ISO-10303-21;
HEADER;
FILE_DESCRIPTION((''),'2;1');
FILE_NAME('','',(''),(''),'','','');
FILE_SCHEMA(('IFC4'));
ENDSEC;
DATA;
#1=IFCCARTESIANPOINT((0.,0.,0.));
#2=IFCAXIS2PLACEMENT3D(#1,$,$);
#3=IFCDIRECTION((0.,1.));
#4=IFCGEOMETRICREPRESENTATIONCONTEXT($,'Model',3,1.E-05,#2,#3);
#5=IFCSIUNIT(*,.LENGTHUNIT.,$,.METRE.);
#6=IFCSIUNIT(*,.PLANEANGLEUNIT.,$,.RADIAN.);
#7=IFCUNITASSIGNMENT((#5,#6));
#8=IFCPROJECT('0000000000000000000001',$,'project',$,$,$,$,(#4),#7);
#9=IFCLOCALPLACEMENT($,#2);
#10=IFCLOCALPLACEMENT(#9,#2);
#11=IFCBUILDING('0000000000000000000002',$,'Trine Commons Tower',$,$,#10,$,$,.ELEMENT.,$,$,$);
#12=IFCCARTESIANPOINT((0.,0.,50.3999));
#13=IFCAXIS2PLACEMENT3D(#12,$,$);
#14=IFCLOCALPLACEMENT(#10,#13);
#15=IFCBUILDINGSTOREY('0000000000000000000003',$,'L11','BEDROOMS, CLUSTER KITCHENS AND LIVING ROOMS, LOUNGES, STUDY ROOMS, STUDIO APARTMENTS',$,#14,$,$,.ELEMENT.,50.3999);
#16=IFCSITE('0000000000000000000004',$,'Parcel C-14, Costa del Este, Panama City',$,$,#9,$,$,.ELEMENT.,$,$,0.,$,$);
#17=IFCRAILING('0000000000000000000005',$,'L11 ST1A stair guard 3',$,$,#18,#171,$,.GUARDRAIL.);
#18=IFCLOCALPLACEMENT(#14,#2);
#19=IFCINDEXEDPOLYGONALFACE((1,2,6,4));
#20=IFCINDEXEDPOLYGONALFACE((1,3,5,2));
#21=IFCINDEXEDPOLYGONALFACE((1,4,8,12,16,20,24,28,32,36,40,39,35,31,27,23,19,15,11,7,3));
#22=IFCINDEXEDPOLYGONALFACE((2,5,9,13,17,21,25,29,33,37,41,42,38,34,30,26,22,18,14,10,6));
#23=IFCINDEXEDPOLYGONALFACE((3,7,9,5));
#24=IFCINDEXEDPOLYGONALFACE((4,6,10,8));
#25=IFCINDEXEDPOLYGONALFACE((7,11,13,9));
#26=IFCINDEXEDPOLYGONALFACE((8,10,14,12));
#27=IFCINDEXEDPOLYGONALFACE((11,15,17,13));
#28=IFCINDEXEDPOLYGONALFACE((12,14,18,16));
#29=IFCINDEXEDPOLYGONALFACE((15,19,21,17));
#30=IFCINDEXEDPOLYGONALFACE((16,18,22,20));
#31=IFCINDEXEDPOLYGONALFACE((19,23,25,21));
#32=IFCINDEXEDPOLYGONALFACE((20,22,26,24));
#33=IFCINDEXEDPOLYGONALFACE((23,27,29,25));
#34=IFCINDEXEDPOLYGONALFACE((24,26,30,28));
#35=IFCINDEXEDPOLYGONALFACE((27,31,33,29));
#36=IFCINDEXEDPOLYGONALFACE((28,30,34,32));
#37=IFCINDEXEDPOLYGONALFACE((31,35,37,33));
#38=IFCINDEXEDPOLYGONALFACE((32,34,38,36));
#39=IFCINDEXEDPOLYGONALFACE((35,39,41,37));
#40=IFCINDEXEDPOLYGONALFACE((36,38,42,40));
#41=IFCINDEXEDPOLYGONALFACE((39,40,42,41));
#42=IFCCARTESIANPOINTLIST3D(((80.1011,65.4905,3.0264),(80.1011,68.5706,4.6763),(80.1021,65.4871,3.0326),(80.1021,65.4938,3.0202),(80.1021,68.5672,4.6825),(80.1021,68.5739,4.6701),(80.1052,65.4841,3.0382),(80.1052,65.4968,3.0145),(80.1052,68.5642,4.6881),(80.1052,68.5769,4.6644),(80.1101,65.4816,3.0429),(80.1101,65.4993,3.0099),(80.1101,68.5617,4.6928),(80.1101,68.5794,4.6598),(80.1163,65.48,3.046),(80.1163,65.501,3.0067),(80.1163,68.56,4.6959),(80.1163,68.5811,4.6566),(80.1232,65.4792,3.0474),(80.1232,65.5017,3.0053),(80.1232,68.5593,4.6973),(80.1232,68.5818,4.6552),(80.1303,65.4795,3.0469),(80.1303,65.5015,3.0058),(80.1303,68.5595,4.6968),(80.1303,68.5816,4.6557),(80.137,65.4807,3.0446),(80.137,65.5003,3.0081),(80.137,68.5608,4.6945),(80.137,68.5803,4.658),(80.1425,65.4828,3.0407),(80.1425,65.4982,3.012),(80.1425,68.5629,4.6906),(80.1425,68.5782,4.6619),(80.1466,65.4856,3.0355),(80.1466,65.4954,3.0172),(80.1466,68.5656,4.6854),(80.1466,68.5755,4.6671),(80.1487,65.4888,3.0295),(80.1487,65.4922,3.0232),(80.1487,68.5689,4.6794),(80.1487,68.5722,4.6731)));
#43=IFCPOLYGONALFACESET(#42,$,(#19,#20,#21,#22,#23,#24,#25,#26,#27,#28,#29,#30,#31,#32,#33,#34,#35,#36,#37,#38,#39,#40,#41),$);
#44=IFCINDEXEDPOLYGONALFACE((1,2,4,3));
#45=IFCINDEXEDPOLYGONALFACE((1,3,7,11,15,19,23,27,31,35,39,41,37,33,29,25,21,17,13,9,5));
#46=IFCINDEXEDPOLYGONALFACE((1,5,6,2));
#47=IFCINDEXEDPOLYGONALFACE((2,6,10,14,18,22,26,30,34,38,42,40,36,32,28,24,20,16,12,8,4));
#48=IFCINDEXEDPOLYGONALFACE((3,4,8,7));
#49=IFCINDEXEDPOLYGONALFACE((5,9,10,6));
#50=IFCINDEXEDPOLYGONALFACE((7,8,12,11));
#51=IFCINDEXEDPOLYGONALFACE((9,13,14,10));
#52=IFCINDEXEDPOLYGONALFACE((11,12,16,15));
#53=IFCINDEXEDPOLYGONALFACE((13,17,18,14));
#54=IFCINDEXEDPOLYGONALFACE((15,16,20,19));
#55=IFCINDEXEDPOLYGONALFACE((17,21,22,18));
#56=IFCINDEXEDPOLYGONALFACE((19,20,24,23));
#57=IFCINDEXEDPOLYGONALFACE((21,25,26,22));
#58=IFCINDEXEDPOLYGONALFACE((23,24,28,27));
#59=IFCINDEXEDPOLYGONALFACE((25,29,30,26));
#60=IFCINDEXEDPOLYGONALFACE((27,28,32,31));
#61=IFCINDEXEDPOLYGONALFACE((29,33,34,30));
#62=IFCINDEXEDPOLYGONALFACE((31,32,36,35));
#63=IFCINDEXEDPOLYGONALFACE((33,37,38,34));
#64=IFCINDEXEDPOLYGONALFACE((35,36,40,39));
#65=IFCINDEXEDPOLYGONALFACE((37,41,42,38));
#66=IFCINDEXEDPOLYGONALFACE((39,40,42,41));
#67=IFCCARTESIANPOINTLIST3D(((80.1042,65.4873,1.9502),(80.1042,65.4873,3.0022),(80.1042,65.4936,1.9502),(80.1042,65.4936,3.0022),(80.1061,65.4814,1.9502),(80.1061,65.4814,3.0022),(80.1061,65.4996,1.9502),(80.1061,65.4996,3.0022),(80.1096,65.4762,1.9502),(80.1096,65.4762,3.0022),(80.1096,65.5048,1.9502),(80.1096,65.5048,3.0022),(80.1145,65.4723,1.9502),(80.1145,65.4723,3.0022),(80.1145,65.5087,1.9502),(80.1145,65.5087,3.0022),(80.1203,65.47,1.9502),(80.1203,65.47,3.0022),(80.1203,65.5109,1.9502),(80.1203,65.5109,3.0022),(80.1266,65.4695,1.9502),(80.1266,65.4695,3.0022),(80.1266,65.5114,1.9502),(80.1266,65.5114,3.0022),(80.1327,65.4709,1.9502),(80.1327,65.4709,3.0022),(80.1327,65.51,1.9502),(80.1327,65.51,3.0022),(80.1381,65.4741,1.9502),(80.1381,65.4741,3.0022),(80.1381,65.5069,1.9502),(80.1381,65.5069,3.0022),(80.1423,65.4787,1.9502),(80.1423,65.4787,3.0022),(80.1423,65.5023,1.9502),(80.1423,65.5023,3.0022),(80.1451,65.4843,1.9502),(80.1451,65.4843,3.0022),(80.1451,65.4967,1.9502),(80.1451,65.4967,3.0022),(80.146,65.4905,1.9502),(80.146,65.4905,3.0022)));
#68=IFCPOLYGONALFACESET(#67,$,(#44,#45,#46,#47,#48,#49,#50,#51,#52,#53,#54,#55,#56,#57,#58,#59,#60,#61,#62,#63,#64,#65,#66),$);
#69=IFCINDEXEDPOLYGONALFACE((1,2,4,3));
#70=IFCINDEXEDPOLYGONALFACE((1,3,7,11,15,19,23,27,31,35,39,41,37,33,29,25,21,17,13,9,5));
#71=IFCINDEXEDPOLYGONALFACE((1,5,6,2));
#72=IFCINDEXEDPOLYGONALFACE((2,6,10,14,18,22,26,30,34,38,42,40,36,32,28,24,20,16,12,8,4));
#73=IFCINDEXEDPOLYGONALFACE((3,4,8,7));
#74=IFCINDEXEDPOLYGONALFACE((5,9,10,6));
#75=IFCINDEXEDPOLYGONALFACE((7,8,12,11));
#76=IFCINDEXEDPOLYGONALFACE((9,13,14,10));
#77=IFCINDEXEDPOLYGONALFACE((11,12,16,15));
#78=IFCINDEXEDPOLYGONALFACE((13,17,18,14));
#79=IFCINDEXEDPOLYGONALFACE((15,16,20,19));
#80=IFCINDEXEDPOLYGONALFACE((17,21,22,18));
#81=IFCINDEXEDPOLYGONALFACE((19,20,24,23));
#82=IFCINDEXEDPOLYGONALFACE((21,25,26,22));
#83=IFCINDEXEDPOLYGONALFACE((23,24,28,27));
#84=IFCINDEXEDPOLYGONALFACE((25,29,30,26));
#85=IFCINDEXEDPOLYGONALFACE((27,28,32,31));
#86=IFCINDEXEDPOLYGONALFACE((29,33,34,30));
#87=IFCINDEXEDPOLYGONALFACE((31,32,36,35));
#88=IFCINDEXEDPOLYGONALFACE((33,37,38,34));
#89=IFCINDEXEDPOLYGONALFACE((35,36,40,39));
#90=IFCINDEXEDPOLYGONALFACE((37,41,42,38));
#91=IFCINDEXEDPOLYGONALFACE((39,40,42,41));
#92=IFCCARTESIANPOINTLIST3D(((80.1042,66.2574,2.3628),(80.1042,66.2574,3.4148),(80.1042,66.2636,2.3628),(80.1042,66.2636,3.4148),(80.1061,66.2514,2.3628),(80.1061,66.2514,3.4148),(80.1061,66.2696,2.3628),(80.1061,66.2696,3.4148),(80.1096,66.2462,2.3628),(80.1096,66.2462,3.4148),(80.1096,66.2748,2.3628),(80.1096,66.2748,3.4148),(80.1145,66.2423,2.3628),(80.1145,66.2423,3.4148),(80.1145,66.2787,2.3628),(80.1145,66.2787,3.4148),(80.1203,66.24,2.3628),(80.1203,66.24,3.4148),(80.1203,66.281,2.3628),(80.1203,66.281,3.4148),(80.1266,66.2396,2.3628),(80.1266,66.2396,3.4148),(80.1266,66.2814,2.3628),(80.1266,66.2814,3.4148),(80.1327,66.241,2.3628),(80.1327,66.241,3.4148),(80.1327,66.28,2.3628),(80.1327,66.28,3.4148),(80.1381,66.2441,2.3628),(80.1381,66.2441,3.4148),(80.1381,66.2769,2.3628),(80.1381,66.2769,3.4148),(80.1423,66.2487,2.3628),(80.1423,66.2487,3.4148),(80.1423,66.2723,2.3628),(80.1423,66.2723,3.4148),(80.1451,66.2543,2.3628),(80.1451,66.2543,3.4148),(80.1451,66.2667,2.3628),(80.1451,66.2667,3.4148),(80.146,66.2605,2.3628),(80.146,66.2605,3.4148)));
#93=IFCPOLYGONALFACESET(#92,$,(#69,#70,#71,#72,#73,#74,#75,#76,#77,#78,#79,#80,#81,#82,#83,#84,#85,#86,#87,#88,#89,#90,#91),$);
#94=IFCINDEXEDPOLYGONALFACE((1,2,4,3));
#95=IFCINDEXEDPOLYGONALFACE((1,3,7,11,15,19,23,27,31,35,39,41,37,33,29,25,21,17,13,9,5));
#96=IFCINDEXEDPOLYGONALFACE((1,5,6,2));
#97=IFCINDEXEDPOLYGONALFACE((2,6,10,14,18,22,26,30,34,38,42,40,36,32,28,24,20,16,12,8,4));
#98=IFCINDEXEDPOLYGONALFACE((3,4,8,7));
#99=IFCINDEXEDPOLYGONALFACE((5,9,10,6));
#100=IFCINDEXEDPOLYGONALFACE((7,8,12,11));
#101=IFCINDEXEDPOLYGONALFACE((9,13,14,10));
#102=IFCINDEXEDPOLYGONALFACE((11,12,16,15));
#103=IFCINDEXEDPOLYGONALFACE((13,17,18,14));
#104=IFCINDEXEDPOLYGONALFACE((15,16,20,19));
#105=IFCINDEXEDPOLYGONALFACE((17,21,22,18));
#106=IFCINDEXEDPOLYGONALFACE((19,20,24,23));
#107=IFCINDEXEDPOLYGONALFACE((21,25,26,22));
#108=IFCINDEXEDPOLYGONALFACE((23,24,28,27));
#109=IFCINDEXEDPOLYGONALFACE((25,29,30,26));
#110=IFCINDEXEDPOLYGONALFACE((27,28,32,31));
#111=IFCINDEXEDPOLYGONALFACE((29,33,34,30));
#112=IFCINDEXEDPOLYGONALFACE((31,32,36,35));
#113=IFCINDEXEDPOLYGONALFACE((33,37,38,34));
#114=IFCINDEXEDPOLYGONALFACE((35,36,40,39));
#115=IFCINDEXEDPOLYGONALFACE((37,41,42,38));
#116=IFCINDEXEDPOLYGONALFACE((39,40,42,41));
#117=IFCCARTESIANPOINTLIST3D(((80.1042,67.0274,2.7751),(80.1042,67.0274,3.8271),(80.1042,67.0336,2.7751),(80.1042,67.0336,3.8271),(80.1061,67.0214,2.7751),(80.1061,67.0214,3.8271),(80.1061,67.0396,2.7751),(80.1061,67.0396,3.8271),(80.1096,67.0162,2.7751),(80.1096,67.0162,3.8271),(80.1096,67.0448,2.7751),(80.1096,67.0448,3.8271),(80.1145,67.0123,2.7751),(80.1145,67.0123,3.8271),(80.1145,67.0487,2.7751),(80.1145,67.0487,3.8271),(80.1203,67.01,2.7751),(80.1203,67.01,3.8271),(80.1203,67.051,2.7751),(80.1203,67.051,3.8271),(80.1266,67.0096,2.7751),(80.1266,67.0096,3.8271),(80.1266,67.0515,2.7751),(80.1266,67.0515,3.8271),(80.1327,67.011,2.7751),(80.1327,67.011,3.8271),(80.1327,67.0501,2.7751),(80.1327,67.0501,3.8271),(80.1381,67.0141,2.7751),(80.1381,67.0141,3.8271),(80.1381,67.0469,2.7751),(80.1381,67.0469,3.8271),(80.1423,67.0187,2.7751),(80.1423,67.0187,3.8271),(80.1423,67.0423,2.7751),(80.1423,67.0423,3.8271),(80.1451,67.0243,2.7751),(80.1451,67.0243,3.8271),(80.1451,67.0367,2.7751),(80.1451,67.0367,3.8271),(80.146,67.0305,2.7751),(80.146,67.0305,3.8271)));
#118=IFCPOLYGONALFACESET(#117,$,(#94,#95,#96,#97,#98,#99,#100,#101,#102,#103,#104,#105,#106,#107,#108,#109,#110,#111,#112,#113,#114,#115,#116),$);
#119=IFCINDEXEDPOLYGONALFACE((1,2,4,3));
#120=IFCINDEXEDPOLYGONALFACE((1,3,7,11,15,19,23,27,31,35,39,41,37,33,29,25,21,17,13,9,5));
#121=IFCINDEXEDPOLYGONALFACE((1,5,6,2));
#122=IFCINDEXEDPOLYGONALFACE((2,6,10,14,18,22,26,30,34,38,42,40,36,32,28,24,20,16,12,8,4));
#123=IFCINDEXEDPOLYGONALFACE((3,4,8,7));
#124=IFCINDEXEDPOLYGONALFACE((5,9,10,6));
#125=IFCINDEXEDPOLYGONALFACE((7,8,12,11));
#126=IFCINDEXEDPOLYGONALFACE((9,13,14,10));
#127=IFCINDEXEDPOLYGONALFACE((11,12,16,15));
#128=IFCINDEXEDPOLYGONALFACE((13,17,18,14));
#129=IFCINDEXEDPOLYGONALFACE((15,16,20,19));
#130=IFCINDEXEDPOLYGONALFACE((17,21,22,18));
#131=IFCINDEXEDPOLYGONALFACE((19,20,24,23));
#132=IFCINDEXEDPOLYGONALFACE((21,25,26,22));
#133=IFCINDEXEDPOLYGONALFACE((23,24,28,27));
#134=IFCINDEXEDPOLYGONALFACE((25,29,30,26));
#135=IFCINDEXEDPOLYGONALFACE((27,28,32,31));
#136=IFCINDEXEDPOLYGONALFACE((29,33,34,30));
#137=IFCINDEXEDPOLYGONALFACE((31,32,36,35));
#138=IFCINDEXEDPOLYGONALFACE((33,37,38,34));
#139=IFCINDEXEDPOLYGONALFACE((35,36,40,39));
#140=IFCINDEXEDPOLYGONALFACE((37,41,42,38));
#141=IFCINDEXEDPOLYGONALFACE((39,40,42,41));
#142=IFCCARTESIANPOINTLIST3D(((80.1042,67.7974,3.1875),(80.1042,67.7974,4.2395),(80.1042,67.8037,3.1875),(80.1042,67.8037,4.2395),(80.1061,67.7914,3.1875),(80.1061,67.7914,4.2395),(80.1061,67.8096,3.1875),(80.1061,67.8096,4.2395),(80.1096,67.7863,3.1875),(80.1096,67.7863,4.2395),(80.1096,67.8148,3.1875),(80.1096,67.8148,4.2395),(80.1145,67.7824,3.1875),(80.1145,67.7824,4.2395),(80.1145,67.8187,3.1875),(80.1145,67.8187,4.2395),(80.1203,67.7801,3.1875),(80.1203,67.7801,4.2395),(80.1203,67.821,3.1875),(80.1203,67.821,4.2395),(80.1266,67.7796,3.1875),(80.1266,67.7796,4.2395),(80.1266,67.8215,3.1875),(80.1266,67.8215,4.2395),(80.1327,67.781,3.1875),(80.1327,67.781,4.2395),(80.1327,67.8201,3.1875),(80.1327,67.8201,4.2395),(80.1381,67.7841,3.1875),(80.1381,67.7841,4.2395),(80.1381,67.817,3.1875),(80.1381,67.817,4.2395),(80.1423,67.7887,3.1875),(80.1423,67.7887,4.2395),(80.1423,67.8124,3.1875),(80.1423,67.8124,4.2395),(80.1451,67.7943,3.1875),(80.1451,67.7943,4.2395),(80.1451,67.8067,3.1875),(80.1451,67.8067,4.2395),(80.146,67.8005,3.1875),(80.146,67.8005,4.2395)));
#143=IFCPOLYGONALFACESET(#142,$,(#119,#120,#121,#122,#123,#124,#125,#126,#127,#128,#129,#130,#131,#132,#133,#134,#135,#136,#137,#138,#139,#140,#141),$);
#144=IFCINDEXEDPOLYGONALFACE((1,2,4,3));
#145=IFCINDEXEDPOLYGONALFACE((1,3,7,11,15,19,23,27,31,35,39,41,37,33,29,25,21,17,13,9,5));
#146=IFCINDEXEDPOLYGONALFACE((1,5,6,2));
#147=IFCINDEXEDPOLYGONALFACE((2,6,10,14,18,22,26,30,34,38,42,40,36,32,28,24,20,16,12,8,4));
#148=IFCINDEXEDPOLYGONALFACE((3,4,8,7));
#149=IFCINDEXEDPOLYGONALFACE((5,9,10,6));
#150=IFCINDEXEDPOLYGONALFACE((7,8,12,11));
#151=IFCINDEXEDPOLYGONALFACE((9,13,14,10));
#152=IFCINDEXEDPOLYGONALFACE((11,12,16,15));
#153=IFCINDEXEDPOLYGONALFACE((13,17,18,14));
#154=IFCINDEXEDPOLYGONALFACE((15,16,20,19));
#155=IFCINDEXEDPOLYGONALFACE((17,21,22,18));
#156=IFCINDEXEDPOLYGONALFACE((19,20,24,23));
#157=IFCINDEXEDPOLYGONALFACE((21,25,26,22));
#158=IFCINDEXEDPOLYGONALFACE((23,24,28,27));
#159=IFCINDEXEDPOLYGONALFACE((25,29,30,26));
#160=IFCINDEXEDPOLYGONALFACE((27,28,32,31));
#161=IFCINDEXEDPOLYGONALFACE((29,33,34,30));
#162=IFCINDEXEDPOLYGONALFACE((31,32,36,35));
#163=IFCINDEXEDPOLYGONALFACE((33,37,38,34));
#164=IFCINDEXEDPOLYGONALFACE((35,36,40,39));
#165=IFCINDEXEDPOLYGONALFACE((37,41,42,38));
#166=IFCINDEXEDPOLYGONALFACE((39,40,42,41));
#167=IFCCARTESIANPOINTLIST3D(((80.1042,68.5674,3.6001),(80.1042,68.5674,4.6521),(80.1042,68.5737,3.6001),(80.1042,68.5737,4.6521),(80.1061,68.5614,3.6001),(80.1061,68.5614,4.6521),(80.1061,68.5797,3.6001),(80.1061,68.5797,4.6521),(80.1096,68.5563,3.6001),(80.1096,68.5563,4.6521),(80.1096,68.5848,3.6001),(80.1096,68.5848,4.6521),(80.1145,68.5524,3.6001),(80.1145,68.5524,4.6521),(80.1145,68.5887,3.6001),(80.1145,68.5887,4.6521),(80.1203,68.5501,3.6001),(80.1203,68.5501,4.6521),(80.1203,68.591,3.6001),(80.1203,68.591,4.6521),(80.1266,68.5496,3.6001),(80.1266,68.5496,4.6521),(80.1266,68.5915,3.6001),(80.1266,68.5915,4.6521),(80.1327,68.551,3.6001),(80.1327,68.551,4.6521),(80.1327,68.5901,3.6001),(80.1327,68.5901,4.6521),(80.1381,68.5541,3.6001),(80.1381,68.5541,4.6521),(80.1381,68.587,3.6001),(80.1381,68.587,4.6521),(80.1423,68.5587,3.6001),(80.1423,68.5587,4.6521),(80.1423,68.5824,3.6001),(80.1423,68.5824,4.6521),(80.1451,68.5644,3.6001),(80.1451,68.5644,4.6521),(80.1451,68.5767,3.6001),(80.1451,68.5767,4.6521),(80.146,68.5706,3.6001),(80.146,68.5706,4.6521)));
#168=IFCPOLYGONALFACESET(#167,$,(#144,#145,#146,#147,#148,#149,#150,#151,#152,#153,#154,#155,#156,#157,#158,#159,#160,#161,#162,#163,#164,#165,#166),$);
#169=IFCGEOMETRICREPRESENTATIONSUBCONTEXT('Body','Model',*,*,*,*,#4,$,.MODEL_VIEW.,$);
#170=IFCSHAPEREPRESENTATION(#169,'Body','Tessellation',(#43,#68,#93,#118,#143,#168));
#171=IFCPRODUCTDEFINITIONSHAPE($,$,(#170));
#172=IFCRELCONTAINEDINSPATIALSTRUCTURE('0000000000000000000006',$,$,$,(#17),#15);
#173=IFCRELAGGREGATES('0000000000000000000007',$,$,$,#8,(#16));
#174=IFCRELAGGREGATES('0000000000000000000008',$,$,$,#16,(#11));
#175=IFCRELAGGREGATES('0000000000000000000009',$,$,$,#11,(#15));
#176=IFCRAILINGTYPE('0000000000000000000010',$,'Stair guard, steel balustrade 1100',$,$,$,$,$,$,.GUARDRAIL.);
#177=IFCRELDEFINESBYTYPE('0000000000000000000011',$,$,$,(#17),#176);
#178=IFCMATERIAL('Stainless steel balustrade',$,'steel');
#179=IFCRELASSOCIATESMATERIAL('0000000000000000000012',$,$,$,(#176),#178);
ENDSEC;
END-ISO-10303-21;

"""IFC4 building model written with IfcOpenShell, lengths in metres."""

from ifc_helpers import new_model, si_unit, direction, frame, origin, origin_2d, place, context, subcontext, project, spatial, circle, extrude, material, type_object, element, save


model = new_model("IFC4")

# Units and contexts
model_context = context("Model", 3, precision=1e-05, world=origin(), true_north=direction((0.0, 1.0)))
body_context = subcontext(model_context, "Body", "Model", "MODEL_VIEW")
ifc_project = project(units=[si_unit("LENGTHUNIT", "METRE"), si_unit("PLANEANGLEUNIT", "RADIAN")], contexts=[model_context])

# Site, building, storey
site_placement = place(None, origin())
site = spatial("IfcSite", under=ifc_project, at=site_placement, Name="Parcel C-14, Costa del Este, Panama City", CompositionType="ELEMENT", RefElevation=0.0)
building_placement = place(site_placement, origin())
building = spatial("IfcBuilding", under=site, at=building_placement, Name="Trine Commons Tower", CompositionType="ELEMENT")
storey_placement = place(building_placement, frame((0.0, 0.0, 50.3999)))
storey = spatial("IfcBuildingStorey", under=building, at=storey_placement, Name="L11", Description="BEDROOMS, CLUSTER KITCHENS AND LIVING ROOMS, LOUNGES, STUDY ROOMS, STUDIO APARTMENTS", CompositionType="ELEMENT", Elevation=50.3999)

# Railing
ifc_material_1 = material(Name="Stainless steel balustrade", Category="steel")
railing_type_1 = type_object("IfcRailingType", Name="Stair guard, steel balustrade 1100", PredefinedType="GUARDRAIL", material=ifc_material_1)
railing_1_placement = place(storey_placement, frame((80.125, 65.4905, 1.9502)))
element("IfcRailing", 1, at=railing_1_placement, inside=storey, type_object=railing_type_1, Name="L11 ST1A stair guard 3", PredefinedType="GUARDRAIL", context=body_context, shape_type="SweptSolid", body=[
    extrude(circle(Radius=0.0239, at=origin_2d()), frame((0.0, 0.0, 1.0762), z_axis=(0.0, 0.881497, 0.47219), x_axis=(-1.0, 0.0, 0.0)), (0.0, 0.0, 1.0), 3.4941),
    extrude(circle(Radius=0.021, at=origin_2d()), origin(), (0.0, 0.0, 1.0), 1.052),
    extrude(circle(Radius=0.021, at=origin_2d()), frame((0.0, 0.77, 0.4126)), (0.0, 0.0, 1.0), 1.052),
    extrude(circle(Radius=0.021, at=origin_2d()), frame((0.0, 1.54, 0.825)), (0.0, 0.0, 1.0), 1.052),
    extrude(circle(Radius=0.021, at=origin_2d()), frame((0.0, 2.3101, 1.2373)), (0.0, 0.0, 1.0), 1.052),
    extrude(circle(Radius=0.021, at=origin_2d()), frame((0.0, 3.0801, 1.6499)), (0.0, 0.0, 1.0), 1.052),
])

save(model, "model.ifc")
